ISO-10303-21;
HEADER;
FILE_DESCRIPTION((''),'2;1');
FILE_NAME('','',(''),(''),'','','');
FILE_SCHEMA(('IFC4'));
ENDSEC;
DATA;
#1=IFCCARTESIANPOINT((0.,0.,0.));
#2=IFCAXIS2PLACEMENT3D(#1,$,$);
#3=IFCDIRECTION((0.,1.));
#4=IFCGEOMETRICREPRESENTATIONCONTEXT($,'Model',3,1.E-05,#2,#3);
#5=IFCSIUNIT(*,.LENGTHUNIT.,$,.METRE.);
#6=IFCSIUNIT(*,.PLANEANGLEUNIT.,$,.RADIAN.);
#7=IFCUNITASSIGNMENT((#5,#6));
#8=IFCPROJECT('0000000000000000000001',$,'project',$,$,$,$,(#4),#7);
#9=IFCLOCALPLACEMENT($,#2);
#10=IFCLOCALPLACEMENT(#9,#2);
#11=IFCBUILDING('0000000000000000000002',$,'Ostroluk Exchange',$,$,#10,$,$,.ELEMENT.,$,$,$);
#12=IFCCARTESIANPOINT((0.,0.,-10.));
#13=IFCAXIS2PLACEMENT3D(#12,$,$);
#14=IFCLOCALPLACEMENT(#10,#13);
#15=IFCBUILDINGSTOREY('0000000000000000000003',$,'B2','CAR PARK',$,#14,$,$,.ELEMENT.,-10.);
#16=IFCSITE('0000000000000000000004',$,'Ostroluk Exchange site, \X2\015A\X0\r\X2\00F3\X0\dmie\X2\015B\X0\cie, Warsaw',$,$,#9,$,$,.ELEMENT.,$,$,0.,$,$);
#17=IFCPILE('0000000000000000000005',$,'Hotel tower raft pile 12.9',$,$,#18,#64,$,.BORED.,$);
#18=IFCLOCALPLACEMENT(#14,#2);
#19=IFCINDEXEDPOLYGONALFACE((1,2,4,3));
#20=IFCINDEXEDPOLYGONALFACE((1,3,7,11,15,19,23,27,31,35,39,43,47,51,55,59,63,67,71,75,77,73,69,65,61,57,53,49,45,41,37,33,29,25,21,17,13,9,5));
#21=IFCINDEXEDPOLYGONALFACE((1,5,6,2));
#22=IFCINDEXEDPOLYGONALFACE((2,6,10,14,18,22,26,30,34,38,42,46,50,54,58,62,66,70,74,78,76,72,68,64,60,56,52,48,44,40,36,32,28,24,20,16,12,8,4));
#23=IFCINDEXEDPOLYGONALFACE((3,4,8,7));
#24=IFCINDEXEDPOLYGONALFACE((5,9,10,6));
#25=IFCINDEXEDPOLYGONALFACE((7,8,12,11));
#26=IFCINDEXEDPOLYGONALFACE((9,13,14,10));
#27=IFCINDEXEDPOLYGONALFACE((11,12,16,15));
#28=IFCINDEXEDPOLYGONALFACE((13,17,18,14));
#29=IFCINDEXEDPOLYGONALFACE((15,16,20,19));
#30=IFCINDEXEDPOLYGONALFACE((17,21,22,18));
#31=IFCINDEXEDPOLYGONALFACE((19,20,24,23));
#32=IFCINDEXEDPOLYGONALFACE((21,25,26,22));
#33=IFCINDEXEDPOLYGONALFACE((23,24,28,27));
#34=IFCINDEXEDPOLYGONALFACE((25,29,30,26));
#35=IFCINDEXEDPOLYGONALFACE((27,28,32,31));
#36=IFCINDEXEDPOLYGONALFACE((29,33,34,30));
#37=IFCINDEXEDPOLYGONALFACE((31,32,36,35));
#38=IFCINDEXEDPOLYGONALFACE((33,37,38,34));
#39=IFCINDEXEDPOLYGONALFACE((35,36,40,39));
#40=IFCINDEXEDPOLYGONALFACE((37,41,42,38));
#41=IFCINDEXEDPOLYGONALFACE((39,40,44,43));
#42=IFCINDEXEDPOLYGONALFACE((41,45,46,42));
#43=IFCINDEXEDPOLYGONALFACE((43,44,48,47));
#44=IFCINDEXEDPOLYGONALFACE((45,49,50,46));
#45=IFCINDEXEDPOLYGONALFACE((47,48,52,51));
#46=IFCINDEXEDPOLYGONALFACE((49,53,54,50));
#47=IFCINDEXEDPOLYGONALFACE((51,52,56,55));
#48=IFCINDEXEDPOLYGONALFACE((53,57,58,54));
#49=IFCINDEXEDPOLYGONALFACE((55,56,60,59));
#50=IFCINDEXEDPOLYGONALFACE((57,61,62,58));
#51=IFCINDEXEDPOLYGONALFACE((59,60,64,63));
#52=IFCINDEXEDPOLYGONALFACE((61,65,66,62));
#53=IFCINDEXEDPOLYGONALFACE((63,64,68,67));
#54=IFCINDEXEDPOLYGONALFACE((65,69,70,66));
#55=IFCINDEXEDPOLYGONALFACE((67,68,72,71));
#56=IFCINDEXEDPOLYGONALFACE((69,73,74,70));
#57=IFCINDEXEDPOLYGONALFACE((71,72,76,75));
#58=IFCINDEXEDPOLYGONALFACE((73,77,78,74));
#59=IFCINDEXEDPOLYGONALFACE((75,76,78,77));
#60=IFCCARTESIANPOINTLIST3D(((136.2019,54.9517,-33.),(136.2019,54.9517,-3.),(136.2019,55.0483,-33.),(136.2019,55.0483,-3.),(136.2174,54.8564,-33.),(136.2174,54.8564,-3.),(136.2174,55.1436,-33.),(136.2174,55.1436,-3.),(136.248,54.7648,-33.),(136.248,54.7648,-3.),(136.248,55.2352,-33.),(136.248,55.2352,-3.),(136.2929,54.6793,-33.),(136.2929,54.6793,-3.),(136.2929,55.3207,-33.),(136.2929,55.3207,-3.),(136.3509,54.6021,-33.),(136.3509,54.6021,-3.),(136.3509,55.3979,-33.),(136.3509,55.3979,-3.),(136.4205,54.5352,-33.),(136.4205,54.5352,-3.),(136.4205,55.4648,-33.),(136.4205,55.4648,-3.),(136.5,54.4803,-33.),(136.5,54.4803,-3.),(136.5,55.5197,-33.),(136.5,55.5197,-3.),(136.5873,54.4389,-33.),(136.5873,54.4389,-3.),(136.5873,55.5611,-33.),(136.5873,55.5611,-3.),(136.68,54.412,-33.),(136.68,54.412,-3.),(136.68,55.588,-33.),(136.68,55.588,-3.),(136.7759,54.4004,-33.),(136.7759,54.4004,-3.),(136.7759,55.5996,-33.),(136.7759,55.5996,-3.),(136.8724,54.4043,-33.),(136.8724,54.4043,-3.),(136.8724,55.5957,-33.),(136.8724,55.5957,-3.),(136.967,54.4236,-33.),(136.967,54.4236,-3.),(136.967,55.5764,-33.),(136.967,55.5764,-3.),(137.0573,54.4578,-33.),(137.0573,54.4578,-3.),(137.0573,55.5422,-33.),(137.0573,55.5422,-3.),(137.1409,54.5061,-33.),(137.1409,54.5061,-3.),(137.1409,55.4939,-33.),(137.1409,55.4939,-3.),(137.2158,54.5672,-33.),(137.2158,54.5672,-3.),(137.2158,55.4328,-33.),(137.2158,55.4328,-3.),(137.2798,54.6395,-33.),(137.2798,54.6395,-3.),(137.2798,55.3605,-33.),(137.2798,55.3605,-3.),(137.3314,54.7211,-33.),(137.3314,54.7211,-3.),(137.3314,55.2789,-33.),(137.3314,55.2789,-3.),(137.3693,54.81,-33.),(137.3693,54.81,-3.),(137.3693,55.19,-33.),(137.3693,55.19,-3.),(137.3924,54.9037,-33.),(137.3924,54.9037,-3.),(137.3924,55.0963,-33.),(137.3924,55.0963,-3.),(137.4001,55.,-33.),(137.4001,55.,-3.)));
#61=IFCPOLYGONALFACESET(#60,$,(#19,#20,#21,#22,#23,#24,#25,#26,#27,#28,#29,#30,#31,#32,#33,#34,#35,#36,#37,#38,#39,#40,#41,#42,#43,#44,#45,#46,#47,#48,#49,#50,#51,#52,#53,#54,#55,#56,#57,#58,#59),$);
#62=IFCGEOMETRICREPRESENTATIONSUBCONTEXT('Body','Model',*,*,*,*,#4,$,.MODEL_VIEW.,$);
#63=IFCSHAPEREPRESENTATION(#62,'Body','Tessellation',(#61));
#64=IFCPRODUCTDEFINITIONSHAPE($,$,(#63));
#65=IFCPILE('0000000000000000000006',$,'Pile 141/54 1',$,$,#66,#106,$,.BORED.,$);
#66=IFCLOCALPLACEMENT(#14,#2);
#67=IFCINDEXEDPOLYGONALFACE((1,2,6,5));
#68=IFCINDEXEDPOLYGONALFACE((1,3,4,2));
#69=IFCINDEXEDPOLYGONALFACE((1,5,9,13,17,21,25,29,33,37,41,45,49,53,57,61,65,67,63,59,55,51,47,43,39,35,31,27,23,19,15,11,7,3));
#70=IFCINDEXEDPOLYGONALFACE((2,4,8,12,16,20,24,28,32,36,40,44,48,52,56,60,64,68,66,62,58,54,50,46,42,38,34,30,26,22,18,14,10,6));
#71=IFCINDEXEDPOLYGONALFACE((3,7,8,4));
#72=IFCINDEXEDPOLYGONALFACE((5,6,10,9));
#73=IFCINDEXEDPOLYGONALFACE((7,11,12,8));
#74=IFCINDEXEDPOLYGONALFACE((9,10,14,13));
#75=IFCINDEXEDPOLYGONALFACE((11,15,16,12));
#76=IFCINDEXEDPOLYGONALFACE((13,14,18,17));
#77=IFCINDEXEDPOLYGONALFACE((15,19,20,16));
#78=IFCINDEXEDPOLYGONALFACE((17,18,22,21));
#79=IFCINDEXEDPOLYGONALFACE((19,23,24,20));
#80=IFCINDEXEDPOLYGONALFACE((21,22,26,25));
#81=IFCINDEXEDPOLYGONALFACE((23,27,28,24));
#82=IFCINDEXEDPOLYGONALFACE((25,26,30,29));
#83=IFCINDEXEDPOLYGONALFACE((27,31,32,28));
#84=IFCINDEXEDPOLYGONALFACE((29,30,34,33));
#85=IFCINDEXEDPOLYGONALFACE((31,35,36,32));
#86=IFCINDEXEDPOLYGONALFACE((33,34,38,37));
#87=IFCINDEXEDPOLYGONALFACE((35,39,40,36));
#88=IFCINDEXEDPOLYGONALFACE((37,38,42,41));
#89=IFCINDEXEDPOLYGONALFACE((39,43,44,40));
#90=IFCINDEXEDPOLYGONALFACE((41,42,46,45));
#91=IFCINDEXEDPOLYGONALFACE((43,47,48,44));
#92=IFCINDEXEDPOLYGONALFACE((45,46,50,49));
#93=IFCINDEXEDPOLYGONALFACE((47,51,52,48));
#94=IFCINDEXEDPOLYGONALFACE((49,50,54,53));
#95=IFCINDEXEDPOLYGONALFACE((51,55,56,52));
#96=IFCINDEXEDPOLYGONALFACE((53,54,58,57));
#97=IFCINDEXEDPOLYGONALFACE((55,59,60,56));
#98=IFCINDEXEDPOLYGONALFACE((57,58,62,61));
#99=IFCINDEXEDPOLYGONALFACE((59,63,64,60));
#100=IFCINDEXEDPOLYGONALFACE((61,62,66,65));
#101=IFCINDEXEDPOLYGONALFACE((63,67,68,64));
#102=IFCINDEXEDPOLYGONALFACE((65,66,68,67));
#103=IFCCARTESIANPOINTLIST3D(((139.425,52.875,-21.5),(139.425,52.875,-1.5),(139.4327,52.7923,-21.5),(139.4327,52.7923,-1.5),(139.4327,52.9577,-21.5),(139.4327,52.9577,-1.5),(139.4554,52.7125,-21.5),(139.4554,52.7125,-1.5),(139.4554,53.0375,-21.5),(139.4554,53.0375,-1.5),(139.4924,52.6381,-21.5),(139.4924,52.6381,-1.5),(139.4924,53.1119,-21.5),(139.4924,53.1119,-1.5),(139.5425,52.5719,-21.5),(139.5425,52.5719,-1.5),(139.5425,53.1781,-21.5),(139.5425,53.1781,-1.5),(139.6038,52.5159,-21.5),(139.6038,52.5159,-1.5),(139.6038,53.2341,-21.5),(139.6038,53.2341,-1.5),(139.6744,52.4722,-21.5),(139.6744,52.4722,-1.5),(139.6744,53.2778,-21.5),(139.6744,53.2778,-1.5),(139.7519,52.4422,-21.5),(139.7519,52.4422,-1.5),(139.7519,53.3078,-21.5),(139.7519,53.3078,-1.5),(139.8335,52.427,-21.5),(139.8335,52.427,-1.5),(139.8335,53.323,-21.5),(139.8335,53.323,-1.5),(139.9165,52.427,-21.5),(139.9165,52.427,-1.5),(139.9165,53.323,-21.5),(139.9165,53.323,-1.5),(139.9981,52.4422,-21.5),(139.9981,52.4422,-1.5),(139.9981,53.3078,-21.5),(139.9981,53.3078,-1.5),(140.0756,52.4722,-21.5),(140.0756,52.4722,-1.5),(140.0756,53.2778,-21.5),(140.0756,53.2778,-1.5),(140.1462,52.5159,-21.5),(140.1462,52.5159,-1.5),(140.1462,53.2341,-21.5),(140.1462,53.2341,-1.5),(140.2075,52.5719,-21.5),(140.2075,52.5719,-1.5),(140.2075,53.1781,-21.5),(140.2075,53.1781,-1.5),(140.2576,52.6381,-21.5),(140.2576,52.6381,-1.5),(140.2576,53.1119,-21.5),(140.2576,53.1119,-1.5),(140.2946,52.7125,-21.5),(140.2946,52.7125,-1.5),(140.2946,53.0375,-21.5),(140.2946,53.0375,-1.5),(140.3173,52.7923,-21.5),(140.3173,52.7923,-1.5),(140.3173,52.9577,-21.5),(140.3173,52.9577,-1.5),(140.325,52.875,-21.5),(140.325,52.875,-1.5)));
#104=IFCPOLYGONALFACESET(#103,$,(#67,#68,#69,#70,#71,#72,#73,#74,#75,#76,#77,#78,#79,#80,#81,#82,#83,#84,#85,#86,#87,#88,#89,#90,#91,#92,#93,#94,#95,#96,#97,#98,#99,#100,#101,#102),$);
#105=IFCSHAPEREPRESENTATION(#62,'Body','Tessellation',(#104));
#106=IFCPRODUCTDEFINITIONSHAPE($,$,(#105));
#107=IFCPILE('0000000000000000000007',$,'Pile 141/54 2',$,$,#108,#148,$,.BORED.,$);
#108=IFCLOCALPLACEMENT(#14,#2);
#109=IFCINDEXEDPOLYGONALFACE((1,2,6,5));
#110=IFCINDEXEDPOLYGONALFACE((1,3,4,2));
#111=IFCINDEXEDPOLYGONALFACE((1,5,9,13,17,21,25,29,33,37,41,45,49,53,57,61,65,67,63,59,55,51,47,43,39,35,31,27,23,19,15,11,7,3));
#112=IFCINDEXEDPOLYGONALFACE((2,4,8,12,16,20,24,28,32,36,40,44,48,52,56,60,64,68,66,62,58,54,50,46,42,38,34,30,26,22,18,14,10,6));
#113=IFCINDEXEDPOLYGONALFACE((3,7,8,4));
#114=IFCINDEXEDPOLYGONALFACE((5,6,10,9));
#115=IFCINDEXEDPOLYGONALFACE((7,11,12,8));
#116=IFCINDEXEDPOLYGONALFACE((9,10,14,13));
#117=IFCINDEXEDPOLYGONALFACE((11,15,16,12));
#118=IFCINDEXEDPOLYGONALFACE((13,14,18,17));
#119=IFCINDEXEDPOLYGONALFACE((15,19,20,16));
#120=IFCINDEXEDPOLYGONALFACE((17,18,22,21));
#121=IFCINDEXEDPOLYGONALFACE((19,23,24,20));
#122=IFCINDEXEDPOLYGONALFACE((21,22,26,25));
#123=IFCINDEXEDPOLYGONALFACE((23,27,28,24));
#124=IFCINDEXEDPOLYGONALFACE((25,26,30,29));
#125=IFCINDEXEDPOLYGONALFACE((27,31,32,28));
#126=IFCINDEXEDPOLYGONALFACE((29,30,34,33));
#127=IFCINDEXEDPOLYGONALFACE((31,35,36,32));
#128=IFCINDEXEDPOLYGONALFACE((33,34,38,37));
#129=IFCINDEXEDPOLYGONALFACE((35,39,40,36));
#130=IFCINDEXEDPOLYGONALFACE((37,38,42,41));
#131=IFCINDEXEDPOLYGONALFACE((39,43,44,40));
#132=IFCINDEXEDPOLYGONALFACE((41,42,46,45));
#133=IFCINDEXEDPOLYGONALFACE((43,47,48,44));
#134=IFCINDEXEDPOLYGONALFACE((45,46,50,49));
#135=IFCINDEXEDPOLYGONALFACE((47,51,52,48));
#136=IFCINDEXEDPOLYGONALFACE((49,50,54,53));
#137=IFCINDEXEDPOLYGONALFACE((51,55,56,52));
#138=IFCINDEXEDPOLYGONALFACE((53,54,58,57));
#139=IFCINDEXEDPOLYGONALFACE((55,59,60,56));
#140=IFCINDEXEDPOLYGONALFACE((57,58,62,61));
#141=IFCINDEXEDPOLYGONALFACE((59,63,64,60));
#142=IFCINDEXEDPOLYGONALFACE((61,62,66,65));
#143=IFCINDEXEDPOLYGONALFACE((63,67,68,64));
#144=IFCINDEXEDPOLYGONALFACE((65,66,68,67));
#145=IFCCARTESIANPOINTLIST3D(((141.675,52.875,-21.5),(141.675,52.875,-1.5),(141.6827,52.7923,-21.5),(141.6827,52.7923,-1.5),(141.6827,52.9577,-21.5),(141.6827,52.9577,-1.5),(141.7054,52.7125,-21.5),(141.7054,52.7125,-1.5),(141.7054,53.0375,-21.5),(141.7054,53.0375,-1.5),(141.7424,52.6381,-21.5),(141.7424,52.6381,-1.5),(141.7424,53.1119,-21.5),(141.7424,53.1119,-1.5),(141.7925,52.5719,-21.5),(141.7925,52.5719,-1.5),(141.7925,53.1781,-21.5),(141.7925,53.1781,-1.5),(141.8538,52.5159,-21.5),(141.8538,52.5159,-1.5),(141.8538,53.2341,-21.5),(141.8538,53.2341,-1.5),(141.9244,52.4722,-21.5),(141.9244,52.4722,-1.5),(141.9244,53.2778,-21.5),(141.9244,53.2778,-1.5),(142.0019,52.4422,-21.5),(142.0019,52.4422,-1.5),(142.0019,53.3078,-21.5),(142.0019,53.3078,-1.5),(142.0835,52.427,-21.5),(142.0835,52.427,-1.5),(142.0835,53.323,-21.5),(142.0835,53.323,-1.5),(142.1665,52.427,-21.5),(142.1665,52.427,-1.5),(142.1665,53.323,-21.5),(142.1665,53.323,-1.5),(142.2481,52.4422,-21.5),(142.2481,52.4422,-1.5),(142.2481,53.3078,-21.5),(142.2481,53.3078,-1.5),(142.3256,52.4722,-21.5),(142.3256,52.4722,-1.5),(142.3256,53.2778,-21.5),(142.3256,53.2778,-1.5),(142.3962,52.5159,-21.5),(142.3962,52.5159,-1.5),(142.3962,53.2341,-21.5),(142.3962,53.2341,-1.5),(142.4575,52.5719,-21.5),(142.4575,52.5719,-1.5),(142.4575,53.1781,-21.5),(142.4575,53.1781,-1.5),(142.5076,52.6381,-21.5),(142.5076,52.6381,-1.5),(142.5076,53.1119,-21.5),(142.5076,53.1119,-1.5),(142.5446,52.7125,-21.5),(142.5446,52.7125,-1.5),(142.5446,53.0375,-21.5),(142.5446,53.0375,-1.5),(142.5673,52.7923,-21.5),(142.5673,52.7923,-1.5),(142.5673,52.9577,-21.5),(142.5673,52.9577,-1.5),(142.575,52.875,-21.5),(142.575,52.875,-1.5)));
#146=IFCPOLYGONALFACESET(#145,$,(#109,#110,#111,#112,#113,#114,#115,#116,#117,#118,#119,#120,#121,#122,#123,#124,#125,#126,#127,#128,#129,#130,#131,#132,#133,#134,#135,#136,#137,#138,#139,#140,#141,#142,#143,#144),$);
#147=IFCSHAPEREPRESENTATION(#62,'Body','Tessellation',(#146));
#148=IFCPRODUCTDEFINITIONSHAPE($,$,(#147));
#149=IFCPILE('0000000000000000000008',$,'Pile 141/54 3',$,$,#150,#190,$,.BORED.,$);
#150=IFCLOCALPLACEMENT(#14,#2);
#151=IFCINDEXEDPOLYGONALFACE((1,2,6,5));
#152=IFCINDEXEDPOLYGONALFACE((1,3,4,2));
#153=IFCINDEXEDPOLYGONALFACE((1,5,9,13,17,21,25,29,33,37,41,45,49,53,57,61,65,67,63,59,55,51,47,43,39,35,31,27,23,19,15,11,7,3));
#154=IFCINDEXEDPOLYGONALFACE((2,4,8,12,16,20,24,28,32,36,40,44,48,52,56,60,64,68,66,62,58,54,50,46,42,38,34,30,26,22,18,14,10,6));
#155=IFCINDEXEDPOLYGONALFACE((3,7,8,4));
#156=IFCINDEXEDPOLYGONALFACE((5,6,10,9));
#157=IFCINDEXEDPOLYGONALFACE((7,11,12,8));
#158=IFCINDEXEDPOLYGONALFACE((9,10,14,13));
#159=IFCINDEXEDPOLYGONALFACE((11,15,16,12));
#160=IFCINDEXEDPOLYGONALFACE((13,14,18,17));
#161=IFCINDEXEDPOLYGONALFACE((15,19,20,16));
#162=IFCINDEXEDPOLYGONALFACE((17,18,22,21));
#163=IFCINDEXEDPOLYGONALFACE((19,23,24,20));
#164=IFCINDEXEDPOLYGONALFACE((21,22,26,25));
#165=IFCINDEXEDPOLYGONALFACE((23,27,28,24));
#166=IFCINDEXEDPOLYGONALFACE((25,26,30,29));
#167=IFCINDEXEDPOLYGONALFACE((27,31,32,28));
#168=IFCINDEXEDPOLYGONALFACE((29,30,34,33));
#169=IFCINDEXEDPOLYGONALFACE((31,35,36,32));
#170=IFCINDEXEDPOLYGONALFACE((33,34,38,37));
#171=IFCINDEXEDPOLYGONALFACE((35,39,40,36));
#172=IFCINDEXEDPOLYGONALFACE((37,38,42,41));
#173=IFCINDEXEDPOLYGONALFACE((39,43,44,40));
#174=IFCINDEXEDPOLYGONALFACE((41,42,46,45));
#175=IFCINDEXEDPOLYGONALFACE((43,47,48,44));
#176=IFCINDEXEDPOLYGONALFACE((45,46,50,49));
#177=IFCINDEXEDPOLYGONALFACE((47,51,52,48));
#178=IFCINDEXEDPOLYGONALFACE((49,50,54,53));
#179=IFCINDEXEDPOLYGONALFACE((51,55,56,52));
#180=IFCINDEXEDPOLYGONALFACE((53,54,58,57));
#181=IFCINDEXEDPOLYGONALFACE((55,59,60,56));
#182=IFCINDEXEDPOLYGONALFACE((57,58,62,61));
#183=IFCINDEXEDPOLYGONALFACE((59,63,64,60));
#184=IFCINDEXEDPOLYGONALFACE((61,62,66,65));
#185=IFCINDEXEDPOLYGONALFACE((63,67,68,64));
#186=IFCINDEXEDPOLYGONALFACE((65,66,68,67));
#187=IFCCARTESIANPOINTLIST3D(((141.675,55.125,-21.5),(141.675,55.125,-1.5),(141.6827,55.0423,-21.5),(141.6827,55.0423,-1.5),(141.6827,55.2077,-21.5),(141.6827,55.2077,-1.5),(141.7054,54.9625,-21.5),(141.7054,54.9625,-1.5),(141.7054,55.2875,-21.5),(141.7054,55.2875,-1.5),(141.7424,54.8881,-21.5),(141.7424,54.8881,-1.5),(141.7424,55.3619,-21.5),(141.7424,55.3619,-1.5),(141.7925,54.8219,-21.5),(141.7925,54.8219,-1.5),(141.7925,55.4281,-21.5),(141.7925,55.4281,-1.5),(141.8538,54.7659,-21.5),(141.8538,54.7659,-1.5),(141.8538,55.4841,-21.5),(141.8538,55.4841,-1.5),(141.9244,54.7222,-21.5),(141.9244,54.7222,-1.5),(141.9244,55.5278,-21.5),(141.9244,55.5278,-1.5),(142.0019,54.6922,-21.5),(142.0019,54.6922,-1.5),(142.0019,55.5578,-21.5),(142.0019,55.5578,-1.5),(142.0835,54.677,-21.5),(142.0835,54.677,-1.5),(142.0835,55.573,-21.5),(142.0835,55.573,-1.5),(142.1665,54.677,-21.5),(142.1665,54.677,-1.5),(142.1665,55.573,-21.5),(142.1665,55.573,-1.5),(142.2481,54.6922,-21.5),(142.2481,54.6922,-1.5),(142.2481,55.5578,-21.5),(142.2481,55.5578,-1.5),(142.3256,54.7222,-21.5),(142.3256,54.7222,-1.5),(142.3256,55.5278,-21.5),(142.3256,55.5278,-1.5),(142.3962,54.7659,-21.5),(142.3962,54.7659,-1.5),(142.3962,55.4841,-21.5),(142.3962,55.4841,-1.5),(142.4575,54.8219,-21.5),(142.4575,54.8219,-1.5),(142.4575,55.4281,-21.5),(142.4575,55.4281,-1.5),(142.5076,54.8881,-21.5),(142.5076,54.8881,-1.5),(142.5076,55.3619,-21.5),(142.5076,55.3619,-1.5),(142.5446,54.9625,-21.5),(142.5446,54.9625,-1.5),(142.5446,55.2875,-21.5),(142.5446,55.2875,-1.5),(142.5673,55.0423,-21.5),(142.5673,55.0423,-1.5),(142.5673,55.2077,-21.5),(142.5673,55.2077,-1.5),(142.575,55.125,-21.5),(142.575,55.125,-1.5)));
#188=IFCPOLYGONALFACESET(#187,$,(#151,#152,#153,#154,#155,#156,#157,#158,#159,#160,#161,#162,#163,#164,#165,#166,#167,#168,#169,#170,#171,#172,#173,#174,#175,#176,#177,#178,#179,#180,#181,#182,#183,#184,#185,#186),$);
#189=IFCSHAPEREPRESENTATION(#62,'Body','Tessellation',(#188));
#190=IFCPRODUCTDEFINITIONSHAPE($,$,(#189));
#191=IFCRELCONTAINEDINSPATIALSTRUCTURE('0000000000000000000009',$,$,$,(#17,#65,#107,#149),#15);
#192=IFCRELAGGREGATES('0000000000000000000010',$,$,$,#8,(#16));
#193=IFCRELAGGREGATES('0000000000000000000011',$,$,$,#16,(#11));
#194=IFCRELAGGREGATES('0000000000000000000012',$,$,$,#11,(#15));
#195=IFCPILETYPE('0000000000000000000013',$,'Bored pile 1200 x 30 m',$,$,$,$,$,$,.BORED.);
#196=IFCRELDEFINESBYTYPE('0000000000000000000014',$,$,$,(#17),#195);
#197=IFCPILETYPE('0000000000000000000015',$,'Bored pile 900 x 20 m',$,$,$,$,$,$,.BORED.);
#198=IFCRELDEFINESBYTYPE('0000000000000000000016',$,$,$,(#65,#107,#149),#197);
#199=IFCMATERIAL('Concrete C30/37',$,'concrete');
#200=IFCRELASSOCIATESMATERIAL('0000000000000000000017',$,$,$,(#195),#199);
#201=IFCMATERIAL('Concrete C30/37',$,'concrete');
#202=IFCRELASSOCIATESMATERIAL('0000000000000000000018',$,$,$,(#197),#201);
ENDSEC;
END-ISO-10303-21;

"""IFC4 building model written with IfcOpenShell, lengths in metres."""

from ifc_helpers import new_model, si_unit, direction, frame, origin, origin_2d, place, context, subcontext, project, spatial, circle, extrude, material, type_object, element, save


model = new_model("IFC4")

# Units and contexts
model_context = context("Model", 3, precision=1e-05, world=origin(), true_north=direction((0.0, 1.0)))
body_context = subcontext(model_context, "Body", "Model", "MODEL_VIEW")
ifc_project = project(units=[si_unit("LENGTHUNIT", "METRE"), si_unit("PLANEANGLEUNIT", "RADIAN")], contexts=[model_context])

# Site, building, storey
site_placement = place(None, origin())
site = spatial("IfcSite", under=ifc_project, at=site_placement, Name="Ostroluk Exchange site, Śródmieście, Warsaw", CompositionType="ELEMENT", RefElevation=0.0)
building_placement = place(site_placement, origin())
building = spatial("IfcBuilding", under=site, at=building_placement, Name="Ostroluk Exchange", CompositionType="ELEMENT")
storey_placement = place(building_placement, frame((0.0, 0.0, -10.0)))
storey = spatial("IfcBuildingStorey", under=building, at=storey_placement, Name="B2", Description="CAR PARK", CompositionType="ELEMENT", Elevation=-10.0)

# Piles
ifc_material_1 = material(Name="Concrete C30/37", Category="concrete")
pile_type_1 = type_object("IfcPileType", Name="Bored pile 1200 x 30 m", PredefinedType="BORED", material=ifc_material_1)
for number, where, z_axis, x_axis, name in (
    (1, (136.8, 55.0, -3.0), (0.0, 0.0, -1.0), (1.0, 0.0, 0.0), "Hotel tower raft pile 12.9"),
):
    element("IfcPile", number, at=place(storey_placement, frame(where, z_axis=z_axis, x_axis=x_axis)), inside=storey, type_object=pile_type_1, Name=name, PredefinedType="BORED", context=body_context, shape_type="SweptSolid", body=[
        extrude(circle(Radius=0.6001, at=origin_2d()), origin(), (0.0, 0.0, 1.0), 30.0),
    ])
ifc_material_2 = material(Name="Concrete C30/37", Category="concrete")
pile_type_2 = type_object("IfcPileType", Name="Bored pile 900 x 20 m", PredefinedType="BORED", material=ifc_material_2)
for number, where, z_axis, x_axis, name in (
    (2, (139.875, 52.875, -1.5), (0.0, 0.0, -1.0), (1.0, 0.0, 0.0), "Pile 141/54 1"),
    (3, (142.125, 52.875, -1.5), (0.0, 0.0, -1.0), (1.0, 0.0, 0.0), "Pile 141/54 2"),
    (4, (142.125, 55.125, -1.5), (0.0, 0.0, -1.0), (1.0, 0.0, 0.0), "Pile 141/54 3"),
):
    element("IfcPile", number, at=place(storey_placement, frame(where, z_axis=z_axis, x_axis=x_axis)), inside=storey, type_object=pile_type_2, Name=name, PredefinedType="BORED", context=body_context, shape_type="SweptSolid", body=[
        extrude(circle(Radius=0.45, at=origin_2d()), origin(), (0.0, 0.0, 1.0), 20.0),
    ])

save(model, "model.ifc")
